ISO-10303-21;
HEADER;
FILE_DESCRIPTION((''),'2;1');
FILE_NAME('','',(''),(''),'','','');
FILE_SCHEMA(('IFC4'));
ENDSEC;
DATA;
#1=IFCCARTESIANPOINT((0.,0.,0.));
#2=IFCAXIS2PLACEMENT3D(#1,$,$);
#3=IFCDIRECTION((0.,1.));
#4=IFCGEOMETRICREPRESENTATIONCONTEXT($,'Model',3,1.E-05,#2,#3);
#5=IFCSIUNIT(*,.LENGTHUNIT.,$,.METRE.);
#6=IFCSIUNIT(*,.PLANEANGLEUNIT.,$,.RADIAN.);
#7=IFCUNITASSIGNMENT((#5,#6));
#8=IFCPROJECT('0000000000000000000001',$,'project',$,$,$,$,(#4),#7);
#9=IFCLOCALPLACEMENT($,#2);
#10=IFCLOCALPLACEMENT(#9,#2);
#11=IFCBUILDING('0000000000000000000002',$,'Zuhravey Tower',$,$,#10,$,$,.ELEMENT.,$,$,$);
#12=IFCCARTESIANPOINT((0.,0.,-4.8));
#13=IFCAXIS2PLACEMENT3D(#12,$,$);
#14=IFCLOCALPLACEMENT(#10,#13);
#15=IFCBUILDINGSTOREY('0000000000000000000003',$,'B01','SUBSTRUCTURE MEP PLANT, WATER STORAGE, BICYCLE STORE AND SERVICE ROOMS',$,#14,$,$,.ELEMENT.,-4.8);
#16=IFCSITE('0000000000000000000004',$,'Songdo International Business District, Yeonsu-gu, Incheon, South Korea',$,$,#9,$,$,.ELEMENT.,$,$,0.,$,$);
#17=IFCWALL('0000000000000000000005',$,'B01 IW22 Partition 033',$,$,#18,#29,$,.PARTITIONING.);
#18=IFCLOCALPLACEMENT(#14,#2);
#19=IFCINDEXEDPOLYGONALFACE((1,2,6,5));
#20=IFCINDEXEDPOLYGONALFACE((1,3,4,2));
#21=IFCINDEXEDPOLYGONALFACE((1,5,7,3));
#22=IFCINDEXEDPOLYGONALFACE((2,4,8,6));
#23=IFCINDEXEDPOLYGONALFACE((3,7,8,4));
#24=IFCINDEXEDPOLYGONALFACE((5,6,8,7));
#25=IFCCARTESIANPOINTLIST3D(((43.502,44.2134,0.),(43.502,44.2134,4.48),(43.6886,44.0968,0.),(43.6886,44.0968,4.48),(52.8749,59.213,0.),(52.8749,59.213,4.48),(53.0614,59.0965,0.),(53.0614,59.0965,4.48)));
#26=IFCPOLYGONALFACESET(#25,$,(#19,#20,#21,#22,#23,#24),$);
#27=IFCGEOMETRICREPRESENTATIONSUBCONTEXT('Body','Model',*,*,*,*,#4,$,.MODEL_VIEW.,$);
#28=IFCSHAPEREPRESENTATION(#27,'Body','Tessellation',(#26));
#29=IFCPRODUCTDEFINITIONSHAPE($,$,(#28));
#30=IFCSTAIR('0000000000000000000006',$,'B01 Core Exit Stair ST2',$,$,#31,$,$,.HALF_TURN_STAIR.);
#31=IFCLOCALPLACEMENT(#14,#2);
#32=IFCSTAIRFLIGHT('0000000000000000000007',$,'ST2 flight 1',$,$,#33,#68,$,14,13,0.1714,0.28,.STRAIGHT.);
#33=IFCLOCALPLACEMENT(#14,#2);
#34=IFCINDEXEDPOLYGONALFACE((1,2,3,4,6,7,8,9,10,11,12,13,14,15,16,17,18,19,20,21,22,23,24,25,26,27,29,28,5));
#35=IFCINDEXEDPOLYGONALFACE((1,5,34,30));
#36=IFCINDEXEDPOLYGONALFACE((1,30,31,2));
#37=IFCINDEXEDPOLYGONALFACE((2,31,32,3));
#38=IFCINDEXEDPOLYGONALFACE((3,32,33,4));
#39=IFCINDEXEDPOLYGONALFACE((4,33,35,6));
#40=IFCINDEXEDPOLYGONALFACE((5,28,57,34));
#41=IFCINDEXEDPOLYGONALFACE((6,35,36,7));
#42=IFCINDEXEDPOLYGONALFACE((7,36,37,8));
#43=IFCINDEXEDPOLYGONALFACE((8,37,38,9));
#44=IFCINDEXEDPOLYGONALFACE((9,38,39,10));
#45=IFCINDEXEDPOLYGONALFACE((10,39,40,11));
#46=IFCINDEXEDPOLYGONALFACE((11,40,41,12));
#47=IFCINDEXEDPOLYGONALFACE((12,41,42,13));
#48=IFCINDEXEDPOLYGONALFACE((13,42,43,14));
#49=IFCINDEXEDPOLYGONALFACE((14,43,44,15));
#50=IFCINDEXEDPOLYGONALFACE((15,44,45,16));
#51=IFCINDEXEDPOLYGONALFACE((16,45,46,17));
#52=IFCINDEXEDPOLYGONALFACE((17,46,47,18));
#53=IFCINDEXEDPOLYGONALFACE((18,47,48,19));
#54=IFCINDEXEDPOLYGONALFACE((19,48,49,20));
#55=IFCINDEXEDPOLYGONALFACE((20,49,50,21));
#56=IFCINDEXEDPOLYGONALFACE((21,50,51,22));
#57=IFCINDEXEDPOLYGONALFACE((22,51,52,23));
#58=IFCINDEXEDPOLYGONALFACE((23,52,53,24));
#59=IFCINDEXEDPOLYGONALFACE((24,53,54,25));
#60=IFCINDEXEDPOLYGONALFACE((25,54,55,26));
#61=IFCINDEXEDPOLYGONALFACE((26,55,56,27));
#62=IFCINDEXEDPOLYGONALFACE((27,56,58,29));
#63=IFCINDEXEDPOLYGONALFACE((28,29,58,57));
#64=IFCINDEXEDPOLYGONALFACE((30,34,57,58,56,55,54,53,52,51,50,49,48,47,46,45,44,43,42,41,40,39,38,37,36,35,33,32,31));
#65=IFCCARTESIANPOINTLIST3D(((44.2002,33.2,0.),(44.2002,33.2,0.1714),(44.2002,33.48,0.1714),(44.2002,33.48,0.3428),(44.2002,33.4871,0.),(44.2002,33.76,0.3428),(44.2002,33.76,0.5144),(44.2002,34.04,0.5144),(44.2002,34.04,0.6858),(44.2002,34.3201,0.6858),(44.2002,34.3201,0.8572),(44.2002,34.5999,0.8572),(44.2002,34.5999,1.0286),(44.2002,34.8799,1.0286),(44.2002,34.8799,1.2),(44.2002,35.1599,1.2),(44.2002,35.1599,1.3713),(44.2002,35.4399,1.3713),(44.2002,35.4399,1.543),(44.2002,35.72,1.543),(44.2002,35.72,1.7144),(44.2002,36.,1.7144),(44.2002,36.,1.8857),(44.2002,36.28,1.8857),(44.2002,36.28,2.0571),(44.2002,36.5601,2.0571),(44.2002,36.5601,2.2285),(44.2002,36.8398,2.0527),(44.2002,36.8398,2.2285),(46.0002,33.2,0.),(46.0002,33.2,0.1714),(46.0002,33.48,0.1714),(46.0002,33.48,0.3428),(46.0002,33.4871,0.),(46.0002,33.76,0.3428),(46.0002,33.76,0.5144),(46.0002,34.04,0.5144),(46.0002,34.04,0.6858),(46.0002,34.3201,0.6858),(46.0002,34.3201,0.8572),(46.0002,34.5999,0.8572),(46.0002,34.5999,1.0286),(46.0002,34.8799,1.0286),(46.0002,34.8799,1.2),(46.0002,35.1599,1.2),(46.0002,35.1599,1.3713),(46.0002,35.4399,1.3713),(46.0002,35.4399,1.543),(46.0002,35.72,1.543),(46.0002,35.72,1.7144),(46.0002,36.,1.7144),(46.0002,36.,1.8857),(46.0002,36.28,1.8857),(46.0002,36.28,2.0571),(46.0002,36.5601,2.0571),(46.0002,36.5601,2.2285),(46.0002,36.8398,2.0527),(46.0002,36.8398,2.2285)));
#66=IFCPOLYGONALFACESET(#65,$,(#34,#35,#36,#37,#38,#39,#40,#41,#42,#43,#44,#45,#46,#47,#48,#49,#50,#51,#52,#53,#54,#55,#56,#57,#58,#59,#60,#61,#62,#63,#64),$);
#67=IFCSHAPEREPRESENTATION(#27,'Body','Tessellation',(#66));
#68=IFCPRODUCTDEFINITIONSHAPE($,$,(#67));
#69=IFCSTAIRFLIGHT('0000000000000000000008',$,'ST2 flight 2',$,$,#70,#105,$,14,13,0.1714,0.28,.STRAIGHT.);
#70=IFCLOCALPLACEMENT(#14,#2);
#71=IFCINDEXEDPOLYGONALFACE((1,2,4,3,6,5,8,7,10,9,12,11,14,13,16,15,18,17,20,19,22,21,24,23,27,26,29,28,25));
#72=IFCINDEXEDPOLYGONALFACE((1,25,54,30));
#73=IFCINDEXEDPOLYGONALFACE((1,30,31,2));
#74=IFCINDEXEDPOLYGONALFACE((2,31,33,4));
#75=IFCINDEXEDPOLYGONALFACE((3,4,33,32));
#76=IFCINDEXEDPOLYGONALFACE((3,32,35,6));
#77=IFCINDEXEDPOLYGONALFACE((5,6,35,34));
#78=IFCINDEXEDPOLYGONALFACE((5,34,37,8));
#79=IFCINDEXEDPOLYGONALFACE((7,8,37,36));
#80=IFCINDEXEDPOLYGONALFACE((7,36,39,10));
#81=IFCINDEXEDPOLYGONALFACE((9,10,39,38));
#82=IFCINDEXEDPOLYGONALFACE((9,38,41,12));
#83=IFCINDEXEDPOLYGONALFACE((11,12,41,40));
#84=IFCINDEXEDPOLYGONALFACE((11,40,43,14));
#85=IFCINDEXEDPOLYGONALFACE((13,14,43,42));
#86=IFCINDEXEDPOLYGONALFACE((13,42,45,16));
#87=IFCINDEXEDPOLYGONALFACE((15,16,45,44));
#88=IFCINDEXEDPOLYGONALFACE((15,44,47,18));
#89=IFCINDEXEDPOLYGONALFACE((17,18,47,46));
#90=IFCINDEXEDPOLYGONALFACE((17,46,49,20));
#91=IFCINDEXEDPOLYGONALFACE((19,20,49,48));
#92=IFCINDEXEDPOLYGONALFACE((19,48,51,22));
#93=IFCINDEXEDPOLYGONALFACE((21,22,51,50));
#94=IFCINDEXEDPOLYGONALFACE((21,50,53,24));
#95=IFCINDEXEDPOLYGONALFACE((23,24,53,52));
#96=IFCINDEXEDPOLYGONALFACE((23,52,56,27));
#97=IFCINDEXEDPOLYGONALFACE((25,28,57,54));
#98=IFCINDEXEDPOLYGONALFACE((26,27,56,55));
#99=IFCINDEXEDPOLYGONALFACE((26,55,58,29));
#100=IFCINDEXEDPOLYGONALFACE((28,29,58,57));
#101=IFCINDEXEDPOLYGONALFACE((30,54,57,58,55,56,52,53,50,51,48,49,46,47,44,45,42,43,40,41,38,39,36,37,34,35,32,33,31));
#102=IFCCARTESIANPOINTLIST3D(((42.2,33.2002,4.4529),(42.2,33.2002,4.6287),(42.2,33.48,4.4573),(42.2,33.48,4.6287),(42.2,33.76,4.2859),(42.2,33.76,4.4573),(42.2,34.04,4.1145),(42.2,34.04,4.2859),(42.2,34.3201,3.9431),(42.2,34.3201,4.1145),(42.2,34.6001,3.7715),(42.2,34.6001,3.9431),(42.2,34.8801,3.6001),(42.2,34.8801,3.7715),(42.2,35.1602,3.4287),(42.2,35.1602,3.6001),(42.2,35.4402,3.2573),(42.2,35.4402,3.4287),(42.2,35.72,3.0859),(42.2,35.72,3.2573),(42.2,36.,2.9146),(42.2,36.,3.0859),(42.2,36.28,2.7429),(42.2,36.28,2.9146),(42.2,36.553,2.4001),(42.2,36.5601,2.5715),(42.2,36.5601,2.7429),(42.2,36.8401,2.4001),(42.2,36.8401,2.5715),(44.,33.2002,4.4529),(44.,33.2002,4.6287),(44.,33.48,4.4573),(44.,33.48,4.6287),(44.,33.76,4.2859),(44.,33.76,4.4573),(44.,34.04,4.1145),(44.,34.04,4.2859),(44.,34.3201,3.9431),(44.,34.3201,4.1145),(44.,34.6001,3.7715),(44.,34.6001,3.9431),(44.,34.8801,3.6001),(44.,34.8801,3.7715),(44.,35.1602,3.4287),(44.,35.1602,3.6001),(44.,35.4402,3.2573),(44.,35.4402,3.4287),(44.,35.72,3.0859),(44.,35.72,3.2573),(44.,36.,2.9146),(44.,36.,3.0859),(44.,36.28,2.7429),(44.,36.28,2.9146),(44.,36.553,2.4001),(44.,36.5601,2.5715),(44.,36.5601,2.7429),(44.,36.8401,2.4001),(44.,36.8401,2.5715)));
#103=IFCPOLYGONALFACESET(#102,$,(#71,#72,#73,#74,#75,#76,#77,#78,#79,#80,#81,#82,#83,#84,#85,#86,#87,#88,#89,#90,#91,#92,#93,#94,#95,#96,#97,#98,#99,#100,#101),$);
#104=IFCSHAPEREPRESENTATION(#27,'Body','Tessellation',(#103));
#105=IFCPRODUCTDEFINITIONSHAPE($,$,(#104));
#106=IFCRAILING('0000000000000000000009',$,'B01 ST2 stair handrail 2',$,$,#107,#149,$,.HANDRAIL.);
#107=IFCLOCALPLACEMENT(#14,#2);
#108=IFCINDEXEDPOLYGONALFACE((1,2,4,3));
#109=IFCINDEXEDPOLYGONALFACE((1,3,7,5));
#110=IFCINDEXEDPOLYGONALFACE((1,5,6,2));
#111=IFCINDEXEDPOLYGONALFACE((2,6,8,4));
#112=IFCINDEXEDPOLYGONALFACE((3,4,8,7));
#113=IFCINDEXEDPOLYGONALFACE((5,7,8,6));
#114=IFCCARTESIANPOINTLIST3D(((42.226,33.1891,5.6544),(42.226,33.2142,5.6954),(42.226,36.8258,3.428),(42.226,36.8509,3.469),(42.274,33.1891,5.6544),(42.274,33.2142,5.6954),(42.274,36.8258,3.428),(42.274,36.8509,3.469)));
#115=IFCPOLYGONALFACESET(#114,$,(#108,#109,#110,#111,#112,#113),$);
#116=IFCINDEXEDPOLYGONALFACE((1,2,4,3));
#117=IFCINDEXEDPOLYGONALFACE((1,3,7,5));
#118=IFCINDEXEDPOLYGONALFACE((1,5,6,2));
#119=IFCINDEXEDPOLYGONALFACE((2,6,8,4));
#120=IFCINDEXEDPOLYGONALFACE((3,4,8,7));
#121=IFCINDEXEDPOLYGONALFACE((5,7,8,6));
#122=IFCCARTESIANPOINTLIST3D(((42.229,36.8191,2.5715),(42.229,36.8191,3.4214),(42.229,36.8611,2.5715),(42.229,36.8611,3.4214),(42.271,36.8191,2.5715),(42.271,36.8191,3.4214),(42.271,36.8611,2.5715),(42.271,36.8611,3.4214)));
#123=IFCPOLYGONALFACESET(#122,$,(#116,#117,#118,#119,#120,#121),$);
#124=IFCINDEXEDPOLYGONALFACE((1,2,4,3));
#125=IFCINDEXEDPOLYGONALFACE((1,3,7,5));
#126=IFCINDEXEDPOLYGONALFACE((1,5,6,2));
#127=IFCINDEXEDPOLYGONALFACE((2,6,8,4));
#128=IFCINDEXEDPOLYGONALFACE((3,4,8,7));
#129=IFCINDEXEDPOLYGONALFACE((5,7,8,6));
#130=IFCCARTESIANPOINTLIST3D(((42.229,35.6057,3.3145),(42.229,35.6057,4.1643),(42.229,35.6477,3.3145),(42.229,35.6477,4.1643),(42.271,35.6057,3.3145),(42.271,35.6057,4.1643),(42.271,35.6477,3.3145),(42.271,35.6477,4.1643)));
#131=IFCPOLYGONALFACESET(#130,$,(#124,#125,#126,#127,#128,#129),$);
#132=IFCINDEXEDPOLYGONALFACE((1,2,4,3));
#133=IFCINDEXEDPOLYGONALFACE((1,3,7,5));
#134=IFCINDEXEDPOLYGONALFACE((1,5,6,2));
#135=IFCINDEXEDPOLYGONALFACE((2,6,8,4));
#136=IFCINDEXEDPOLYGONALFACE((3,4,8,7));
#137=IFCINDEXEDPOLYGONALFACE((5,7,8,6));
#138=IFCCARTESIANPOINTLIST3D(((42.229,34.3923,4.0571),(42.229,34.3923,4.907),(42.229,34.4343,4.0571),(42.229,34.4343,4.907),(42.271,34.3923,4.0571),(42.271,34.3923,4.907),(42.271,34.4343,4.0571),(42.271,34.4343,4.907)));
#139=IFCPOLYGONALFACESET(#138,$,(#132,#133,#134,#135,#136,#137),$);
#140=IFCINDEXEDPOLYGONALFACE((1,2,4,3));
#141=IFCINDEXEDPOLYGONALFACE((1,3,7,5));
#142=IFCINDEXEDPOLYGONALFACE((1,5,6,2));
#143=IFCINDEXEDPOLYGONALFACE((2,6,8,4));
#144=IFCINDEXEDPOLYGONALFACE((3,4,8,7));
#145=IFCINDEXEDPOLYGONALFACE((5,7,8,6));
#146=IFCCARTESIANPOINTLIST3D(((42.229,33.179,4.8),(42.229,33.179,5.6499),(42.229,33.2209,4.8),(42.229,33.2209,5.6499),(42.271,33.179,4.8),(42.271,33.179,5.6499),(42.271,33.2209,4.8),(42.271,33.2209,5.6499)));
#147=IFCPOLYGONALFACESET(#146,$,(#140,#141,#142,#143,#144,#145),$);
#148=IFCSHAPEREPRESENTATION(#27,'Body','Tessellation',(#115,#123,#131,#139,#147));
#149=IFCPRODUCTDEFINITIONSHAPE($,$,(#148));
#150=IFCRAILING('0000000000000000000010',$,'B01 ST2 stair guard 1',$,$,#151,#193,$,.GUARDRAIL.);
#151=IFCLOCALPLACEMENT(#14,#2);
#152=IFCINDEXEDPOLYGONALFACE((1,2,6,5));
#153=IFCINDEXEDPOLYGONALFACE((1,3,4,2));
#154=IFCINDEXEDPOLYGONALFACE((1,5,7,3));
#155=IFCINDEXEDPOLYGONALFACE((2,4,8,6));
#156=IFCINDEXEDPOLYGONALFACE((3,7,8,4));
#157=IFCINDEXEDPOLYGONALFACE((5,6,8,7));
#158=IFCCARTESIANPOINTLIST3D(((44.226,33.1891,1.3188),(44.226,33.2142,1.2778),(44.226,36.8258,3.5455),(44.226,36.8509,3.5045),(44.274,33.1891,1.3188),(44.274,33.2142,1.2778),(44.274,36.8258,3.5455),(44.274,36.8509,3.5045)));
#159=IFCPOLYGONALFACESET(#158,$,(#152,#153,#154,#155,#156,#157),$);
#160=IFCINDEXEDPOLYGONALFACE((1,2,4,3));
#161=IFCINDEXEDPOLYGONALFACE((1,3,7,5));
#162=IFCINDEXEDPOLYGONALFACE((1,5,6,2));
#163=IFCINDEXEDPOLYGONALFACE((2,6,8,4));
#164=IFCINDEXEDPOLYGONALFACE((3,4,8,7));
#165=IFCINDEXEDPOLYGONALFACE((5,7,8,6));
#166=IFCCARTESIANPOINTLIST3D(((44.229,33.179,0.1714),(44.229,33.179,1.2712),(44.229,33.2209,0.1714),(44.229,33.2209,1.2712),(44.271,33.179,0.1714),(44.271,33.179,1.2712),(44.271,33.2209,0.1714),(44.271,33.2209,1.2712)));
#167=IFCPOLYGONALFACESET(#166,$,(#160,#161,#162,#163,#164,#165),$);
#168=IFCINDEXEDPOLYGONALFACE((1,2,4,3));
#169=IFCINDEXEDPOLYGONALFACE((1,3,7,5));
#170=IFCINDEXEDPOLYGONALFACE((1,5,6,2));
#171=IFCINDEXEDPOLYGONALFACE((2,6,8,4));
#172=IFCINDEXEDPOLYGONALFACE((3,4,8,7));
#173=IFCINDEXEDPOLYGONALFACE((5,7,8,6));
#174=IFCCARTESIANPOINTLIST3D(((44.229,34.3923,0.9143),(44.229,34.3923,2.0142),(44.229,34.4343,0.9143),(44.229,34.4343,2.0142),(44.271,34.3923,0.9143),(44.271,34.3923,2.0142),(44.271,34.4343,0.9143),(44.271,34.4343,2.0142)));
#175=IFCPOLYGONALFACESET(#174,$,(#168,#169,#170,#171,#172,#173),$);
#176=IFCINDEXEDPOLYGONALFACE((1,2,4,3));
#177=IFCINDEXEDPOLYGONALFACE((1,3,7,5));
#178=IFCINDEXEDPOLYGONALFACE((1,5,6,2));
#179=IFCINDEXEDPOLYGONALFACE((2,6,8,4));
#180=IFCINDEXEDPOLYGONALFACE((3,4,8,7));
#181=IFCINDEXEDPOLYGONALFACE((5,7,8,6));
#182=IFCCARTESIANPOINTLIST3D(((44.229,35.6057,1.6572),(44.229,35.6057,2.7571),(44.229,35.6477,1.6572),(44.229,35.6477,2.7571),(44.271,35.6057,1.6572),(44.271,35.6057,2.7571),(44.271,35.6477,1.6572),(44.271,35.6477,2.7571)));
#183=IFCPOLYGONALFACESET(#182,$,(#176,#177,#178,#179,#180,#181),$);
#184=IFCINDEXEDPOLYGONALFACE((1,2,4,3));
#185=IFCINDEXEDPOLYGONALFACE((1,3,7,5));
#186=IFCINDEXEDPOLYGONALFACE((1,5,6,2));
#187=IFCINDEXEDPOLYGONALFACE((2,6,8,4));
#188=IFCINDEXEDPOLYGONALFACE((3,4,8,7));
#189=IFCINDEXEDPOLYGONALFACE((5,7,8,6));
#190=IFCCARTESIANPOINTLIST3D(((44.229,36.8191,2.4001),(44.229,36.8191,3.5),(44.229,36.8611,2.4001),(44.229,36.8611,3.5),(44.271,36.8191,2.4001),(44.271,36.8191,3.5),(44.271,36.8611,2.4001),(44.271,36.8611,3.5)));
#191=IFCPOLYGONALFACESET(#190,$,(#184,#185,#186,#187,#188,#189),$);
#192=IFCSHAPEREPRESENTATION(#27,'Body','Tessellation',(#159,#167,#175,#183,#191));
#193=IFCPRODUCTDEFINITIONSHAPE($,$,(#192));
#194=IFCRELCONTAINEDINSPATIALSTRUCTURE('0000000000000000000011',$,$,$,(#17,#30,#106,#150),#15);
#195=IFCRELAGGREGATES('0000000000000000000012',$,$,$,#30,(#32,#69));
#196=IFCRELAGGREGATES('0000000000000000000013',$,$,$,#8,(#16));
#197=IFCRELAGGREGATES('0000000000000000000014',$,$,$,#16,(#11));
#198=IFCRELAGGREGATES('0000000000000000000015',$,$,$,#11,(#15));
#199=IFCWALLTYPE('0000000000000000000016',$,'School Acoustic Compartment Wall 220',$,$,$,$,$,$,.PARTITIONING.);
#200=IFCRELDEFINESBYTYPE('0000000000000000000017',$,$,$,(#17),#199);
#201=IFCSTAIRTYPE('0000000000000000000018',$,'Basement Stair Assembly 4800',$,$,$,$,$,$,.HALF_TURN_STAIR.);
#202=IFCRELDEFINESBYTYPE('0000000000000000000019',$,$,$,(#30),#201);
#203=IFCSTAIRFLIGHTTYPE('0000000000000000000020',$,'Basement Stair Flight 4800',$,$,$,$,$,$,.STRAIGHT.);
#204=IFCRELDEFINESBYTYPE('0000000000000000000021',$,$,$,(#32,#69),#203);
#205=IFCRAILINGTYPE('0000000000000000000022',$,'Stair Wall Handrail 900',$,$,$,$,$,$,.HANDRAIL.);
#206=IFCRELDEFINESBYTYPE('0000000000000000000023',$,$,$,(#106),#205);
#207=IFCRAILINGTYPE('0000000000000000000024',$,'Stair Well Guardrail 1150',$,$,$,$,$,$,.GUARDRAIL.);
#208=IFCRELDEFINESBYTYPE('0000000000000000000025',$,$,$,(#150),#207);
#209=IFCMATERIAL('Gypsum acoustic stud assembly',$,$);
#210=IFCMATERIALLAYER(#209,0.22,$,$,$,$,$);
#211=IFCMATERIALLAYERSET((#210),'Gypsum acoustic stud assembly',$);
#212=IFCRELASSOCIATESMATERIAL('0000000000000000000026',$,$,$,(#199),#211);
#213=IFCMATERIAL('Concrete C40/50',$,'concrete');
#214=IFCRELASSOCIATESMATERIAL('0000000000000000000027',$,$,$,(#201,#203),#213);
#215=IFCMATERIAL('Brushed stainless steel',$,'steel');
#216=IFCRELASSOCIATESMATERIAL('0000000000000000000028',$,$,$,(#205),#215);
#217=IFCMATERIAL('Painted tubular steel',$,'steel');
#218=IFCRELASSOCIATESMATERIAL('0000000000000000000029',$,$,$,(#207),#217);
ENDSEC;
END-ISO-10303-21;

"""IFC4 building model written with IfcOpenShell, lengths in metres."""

from ifc_helpers import new_model, si_unit, direction, frame, frame_2d, origin, origin_2d, place, context, subcontext, project, spatial, polyline, rectangle, outline, extrude, material, layer, layer_set, type_object, element, aggregate, save


model = new_model("IFC4")

# Units and contexts
model_context = context("Model", 3, precision=1e-05, world=origin(), true_north=direction((0.0, 1.0)))
body_context = subcontext(model_context, "Body", "Model", "MODEL_VIEW")
ifc_project = project(units=[si_unit("LENGTHUNIT", "METRE"), si_unit("PLANEANGLEUNIT", "RADIAN")], contexts=[model_context])

# Site, building, storey
site_placement = place(None, origin())
site = spatial("IfcSite", under=ifc_project, at=site_placement, Name="Songdo International Business District, Yeonsu-gu, Incheon, South Korea", CompositionType="ELEMENT", RefElevation=0.0)
building_placement = place(site_placement, origin())
building = spatial("IfcBuilding", under=site, at=building_placement, Name="Zuhravey Tower", CompositionType="ELEMENT")
storey_placement = place(building_placement, frame((0.0, 0.0, -4.8)))
storey = spatial("IfcBuildingStorey", under=building, at=storey_placement, Name="B01", Description="SUBSTRUCTURE MEP PLANT, WATER STORAGE, BICYCLE STORE AND SERVICE ROOMS", CompositionType="ELEMENT", Elevation=-4.8)

# Shared definitions
ifc_material_1 = material(Name="Concrete C40/50", Category="concrete")

# Wall
ifc_material_2 = material(Name="Gypsum acoustic stud assembly")
ifc_layer_1 = layer(ifc_material_2, 0.22)
ifc_layer_set_1 = layer_set([ifc_layer_1], Name="Gypsum acoustic stud assembly")
wall_type_1 = type_object("IfcWallType", Name="School Acoustic Compartment Wall 220", PredefinedType="PARTITIONING", material=ifc_layer_set_1)
wall_1_placement = place(storey_placement, frame((43.5952, 44.155, 0.0), z_axis=(0.0, 0.0, 1.0), x_axis=(0.529922, 0.848046, 0.0)))
element("IfcWall", 1, at=wall_1_placement, inside=storey, type_object=wall_type_1, Name="B01 IW22 Partition 033", PredefinedType="PARTITIONING", context=body_context, shape_type="SweptSolid", body=[
    extrude(rectangle(XDim=17.6873, YDim=0.22, at=frame_2d((8.8438, 0.0))), origin(), (0.0, 0.0, 1.0), 4.48),
])

# Stair, stair flights
stair_type = type_object("IfcStairType", Name="Basement Stair Assembly 4800", PredefinedType="HALF_TURN_STAIR", material=ifc_material_1)
stair_placement = place(storey_placement, origin())
stair = element("IfcStair", 2, at=stair_placement, inside=storey, type_object=stair_type, Name="B01 Core Exit Stair ST2", PredefinedType="HALF_TURN_STAIR")
stair_flight_type = type_object("IfcStairFlightType", Name="Basement Stair Flight 4800", PredefinedType="STRAIGHT", material=ifc_material_1)
stair_flight_1_placement = place(storey_placement, frame((45.1001, 33.2, 0.0), z_axis=(0.0, 0.0, 1.0), x_axis=(0.0, 1.0, 0.0)))
stair_flight_1 = element("IfcStairFlight", 3, at=stair_flight_1_placement, type_object=stair_flight_type, Name="ST2 flight 1", NumberOfRisers=14, NumberOfTreads=13, PredefinedType="STRAIGHT", RiserHeight=0.1714, TreadLength=0.28, context=body_context, shape_type="SweptSolid", body=[
    extrude(outline(polyline([(0.0, 0.0), (0.0, 0.1714), (0.28, 0.1714), (0.28, 0.3428), (0.5601, 0.3428), (0.5601, 0.5144), (0.8401, 0.5144), (0.8401, 0.6858), (1.1201, 0.6858), (1.1201, 0.8572), (1.3999, 0.8572), (1.3999, 1.0286), (1.6799, 1.0286), (1.6799, 1.2), (1.96, 1.2), (1.96, 1.3713), (2.24, 1.3713), (2.24, 1.543), (2.52, 1.543), (2.52, 1.7144), (2.8, 1.7144), (2.8, 1.8857), (3.0801, 1.8857), (3.0801, 2.0571), (3.3601, 2.0571), (3.3601, 2.2285), (3.6399, 2.2285), (3.6399, 2.3999), (3.6399, 2.0527), (0.2871, 0.0), (0.0, 0.0)])), frame((0.0, 0.8999, 0.0), z_axis=(0.0, -1.0, 0.0), x_axis=(1.0, 0.0, 0.0)), (0.0, 0.0, 1.0), 1.8),
])
stair_flight_2_placement = place(storey_placement, frame((43.1001, 36.8401, 2.4001), z_axis=(0.0, 0.0, 1.0), x_axis=(0.0, -1.0, 0.0)))
stair_flight_2 = element("IfcStairFlight", 4, at=stair_flight_2_placement, type_object=stair_flight_type, Name="ST2 flight 2", NumberOfRisers=14, NumberOfTreads=13, PredefinedType="STRAIGHT", RiserHeight=0.1714, TreadLength=0.28, context=body_context, shape_type="SweptSolid", body=[
    extrude(outline(polyline([(0.0, 0.0), (0.0, 0.1714), (0.28, 0.1714), (0.28, 0.3428), (0.5601, 0.3428), (0.5601, 0.5144), (0.8401, 0.5144), (0.8401, 0.6858), (1.1201, 0.6858), (1.1201, 0.8572), (1.3999, 0.8572), (1.3999, 1.0286), (1.6799, 1.0286), (1.6799, 1.2), (1.96, 1.2), (1.96, 1.3713), (2.24, 1.3713), (2.24, 1.543), (2.52, 1.543), (2.52, 1.7144), (2.8, 1.7144), (2.8, 1.8857), (3.0801, 1.8857), (3.0801, 2.0571), (3.3601, 2.0571), (3.3601, 2.2285), (3.6399, 2.2285), (3.6399, 2.3999), (3.6399, 2.0527), (0.2871, 0.0), (0.0, 0.0)])), frame((0.0, 0.8999, 0.0), z_axis=(0.0, -1.0, 0.0), x_axis=(1.0, 0.0, 0.0)), (0.0, 0.0, 1.0), 1.8),
])
aggregate(stair, [stair_flight_1, stair_flight_2])

# Railings
ifc_material_3 = material(Name="Brushed stainless steel", Category="steel")
railing_type_1 = type_object("IfcRailingType", Name="Stair Wall Handrail 900", PredefinedType="HANDRAIL", material=ifc_material_3)
railing_1_placement = place(storey_placement, frame((42.25, 36.8401, 2.5715)))
element("IfcRailing", 5, at=railing_1_placement, inside=storey, type_object=railing_type_1, Name="B01 ST2 stair handrail 2", PredefinedType="HANDRAIL", context=body_context, shape_type="SweptSolid", body=[
    extrude(rectangle(XDim=0.0481, YDim=0.0481, at=origin_2d()), frame((0.0, -0.0017, 0.877), z_axis=(0.0, -0.852866, 0.52213), x_axis=(1.0, 0.0, 0.0)), (0.0, 0.0, 1.0), 4.2642),
    extrude(rectangle(XDim=0.042, YDim=0.042, at=origin_2d()), origin(), (0.0, 0.0, 1.0), 0.8499),
    extrude(rectangle(XDim=0.042, YDim=0.042, at=origin_2d()), frame((0.0, -1.2134, 0.7429)), (0.0, 0.0, 1.0), 0.8499),
    extrude(rectangle(XDim=0.042, YDim=0.042, at=origin_2d()), frame((0.0, -2.4268, 1.4856)), (0.0, 0.0, 1.0), 0.8499),
    extrude(rectangle(XDim=0.042, YDim=0.042, at=origin_2d()), frame((0.0, -3.6401, 2.2285)), (0.0, 0.0, 1.0), 0.8499),
])
ifc_material_4 = material(Name="Painted tubular steel", Category="steel")
railing_type_2 = type_object("IfcRailingType", Name="Stair Well Guardrail 1150", PredefinedType="GUARDRAIL", material=ifc_material_4)
railing_2_placement = place(storey_placement, frame((44.25, 33.2, 0.1714)))
element("IfcRailing", 6, at=railing_2_placement, inside=storey, type_object=railing_type_2, Name="B01 ST2 stair guard 1", PredefinedType="GUARDRAIL", context=body_context, shape_type="SweptSolid", body=[
    extrude(rectangle(XDim=0.0481, YDim=0.0481, at=origin_2d()), frame((0.0, 0.0017, 1.127), z_axis=(0.0, 0.85284, 0.522172), x_axis=(-1.0, 0.0, 0.0)), (0.0, 0.0, 1.0), 4.2642),
    extrude(rectangle(XDim=0.042, YDim=0.042, at=origin_2d()), origin(), (0.0, 0.0, 1.0), 1.0999),
    extrude(rectangle(XDim=0.042, YDim=0.042, at=origin_2d()), frame((0.0, 1.2134, 0.7429)), (0.0, 0.0, 1.0), 1.0999),
    extrude(rectangle(XDim=0.042, YDim=0.042, at=origin_2d()), frame((0.0, 2.4268, 1.4858)), (0.0, 0.0, 1.0), 1.0999),
    extrude(rectangle(XDim=0.042, YDim=0.042, at=origin_2d()), frame((0.0, 3.6401, 2.2288)), (0.0, 0.0, 1.0), 1.0999),
])

save(model, "model.ifc")
